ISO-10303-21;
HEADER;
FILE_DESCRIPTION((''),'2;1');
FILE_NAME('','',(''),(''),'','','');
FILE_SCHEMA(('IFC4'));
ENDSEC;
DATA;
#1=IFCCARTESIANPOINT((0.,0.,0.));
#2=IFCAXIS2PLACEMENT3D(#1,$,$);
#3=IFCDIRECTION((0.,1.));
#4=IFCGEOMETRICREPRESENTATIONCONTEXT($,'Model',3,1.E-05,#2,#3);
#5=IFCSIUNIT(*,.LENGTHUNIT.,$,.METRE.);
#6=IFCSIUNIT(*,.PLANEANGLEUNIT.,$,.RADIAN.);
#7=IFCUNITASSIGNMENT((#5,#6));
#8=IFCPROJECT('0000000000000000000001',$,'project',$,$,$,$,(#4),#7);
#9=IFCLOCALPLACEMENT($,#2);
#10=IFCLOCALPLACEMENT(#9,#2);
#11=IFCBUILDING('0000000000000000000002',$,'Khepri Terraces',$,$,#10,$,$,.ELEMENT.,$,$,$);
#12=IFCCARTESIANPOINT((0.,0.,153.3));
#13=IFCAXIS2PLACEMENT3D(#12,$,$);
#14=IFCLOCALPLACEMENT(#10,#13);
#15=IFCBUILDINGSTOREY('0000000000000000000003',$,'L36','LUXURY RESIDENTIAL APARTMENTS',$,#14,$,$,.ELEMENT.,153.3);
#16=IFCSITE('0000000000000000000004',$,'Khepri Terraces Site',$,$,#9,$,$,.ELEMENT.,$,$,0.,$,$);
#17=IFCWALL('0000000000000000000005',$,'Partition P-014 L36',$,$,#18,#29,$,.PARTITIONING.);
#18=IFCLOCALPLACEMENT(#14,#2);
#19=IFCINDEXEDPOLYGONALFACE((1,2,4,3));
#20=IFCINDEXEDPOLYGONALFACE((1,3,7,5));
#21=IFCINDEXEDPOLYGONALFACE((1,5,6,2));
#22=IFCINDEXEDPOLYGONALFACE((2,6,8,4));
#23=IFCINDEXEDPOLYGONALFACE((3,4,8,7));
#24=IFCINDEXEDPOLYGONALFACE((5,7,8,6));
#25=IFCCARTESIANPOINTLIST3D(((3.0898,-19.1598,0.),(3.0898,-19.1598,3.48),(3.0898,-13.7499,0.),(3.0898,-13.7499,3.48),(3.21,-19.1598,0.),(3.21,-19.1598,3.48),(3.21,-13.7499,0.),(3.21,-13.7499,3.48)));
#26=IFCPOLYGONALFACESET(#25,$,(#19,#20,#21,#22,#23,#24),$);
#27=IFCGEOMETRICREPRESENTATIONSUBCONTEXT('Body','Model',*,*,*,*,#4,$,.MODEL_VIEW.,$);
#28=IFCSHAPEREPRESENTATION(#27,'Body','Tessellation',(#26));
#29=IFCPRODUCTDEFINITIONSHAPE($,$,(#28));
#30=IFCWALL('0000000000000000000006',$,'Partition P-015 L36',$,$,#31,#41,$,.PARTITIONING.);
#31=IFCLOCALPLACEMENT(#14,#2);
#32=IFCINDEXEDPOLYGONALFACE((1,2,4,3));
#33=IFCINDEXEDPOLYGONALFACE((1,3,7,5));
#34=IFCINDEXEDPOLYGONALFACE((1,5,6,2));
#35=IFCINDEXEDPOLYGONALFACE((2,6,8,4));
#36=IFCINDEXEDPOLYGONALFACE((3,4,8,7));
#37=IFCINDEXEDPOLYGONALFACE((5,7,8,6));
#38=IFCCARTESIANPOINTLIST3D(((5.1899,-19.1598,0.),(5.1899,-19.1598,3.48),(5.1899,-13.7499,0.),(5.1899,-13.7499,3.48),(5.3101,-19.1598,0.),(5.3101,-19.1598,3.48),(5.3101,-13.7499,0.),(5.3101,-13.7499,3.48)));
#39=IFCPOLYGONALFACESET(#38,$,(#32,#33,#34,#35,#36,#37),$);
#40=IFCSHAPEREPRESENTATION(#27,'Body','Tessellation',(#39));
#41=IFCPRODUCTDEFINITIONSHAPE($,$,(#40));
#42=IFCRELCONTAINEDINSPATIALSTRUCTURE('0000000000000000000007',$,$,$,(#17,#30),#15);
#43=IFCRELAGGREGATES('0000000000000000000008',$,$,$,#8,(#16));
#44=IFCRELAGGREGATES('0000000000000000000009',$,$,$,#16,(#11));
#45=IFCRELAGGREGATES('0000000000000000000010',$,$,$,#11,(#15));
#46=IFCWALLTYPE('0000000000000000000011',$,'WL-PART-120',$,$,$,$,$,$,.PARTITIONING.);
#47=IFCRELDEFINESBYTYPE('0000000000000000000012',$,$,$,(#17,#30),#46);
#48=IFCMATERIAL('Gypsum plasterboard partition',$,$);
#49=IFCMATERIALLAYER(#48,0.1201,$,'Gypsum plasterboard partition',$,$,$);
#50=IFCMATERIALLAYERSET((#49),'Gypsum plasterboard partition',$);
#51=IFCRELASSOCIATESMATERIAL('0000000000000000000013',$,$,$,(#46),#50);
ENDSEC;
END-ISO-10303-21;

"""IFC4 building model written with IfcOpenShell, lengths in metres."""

from ifc_helpers import new_model, si_unit, direction, frame, frame_2d, origin, place, context, subcontext, project, spatial, rectangle, extrude, material, layer, layer_set, type_object, element, save


model = new_model("IFC4")

# Units and contexts
model_context = context("Model", 3, precision=1e-05, world=origin(), true_north=direction((0.0, 1.0)))
body_context = subcontext(model_context, "Body", "Model", "MODEL_VIEW")
ifc_project = project(units=[si_unit("LENGTHUNIT", "METRE"), si_unit("PLANEANGLEUNIT", "RADIAN")], contexts=[model_context])

# Site, building, storey
site_placement = place(None, origin())
site = spatial("IfcSite", under=ifc_project, at=site_placement, Name="Khepri Terraces Site", CompositionType="ELEMENT", RefElevation=0.0)
building_placement = place(site_placement, origin())
building = spatial("IfcBuilding", under=site, at=building_placement, Name="Khepri Terraces", CompositionType="ELEMENT")
storey_placement = place(building_placement, frame((0.0, 0.0, 153.3)))
storey = spatial("IfcBuildingStorey", under=building, at=storey_placement, Name="L36", Description="LUXURY RESIDENTIAL APARTMENTS", CompositionType="ELEMENT", Elevation=153.3)

# Shared definitions
ifc_material_1 = material(Name="Gypsum plasterboard partition")
ifc_layer_1 = layer(ifc_material_1, 0.1201, Name="Gypsum plasterboard partition")
ifc_layer_set_1 = layer_set([ifc_layer_1], Name="Gypsum plasterboard partition")
wall_type_1 = type_object("IfcWallType", Name="WL-PART-120", PredefinedType="PARTITIONING", material=ifc_layer_set_1)

# Walls
for number, where, z_axis, x_axis, name in (
    (1, (3.1499, -19.1599, 0.0), (0.0, 0.0, 1.0), (0.0, 1.0, 0.0), "Partition P-014 L36"),
    (2, (5.25, -19.1599, 0.0), (0.0, 0.0, 1.0), (0.0, 1.0, 0.0), "Partition P-015 L36"),
):
    element("IfcWall", number, at=place(storey_placement, frame(where, z_axis=z_axis, x_axis=x_axis)), inside=storey, type_object=wall_type_1, Name=name, PredefinedType="PARTITIONING", context=body_context, shape_type="SweptSolid", body=[
        extrude(rectangle(XDim=5.4099, YDim=0.1201, at=frame_2d((2.7051, 0.0))), origin(), (0.0, 0.0, 1.0), 3.48),
    ])

save(model, "model.ifc")
